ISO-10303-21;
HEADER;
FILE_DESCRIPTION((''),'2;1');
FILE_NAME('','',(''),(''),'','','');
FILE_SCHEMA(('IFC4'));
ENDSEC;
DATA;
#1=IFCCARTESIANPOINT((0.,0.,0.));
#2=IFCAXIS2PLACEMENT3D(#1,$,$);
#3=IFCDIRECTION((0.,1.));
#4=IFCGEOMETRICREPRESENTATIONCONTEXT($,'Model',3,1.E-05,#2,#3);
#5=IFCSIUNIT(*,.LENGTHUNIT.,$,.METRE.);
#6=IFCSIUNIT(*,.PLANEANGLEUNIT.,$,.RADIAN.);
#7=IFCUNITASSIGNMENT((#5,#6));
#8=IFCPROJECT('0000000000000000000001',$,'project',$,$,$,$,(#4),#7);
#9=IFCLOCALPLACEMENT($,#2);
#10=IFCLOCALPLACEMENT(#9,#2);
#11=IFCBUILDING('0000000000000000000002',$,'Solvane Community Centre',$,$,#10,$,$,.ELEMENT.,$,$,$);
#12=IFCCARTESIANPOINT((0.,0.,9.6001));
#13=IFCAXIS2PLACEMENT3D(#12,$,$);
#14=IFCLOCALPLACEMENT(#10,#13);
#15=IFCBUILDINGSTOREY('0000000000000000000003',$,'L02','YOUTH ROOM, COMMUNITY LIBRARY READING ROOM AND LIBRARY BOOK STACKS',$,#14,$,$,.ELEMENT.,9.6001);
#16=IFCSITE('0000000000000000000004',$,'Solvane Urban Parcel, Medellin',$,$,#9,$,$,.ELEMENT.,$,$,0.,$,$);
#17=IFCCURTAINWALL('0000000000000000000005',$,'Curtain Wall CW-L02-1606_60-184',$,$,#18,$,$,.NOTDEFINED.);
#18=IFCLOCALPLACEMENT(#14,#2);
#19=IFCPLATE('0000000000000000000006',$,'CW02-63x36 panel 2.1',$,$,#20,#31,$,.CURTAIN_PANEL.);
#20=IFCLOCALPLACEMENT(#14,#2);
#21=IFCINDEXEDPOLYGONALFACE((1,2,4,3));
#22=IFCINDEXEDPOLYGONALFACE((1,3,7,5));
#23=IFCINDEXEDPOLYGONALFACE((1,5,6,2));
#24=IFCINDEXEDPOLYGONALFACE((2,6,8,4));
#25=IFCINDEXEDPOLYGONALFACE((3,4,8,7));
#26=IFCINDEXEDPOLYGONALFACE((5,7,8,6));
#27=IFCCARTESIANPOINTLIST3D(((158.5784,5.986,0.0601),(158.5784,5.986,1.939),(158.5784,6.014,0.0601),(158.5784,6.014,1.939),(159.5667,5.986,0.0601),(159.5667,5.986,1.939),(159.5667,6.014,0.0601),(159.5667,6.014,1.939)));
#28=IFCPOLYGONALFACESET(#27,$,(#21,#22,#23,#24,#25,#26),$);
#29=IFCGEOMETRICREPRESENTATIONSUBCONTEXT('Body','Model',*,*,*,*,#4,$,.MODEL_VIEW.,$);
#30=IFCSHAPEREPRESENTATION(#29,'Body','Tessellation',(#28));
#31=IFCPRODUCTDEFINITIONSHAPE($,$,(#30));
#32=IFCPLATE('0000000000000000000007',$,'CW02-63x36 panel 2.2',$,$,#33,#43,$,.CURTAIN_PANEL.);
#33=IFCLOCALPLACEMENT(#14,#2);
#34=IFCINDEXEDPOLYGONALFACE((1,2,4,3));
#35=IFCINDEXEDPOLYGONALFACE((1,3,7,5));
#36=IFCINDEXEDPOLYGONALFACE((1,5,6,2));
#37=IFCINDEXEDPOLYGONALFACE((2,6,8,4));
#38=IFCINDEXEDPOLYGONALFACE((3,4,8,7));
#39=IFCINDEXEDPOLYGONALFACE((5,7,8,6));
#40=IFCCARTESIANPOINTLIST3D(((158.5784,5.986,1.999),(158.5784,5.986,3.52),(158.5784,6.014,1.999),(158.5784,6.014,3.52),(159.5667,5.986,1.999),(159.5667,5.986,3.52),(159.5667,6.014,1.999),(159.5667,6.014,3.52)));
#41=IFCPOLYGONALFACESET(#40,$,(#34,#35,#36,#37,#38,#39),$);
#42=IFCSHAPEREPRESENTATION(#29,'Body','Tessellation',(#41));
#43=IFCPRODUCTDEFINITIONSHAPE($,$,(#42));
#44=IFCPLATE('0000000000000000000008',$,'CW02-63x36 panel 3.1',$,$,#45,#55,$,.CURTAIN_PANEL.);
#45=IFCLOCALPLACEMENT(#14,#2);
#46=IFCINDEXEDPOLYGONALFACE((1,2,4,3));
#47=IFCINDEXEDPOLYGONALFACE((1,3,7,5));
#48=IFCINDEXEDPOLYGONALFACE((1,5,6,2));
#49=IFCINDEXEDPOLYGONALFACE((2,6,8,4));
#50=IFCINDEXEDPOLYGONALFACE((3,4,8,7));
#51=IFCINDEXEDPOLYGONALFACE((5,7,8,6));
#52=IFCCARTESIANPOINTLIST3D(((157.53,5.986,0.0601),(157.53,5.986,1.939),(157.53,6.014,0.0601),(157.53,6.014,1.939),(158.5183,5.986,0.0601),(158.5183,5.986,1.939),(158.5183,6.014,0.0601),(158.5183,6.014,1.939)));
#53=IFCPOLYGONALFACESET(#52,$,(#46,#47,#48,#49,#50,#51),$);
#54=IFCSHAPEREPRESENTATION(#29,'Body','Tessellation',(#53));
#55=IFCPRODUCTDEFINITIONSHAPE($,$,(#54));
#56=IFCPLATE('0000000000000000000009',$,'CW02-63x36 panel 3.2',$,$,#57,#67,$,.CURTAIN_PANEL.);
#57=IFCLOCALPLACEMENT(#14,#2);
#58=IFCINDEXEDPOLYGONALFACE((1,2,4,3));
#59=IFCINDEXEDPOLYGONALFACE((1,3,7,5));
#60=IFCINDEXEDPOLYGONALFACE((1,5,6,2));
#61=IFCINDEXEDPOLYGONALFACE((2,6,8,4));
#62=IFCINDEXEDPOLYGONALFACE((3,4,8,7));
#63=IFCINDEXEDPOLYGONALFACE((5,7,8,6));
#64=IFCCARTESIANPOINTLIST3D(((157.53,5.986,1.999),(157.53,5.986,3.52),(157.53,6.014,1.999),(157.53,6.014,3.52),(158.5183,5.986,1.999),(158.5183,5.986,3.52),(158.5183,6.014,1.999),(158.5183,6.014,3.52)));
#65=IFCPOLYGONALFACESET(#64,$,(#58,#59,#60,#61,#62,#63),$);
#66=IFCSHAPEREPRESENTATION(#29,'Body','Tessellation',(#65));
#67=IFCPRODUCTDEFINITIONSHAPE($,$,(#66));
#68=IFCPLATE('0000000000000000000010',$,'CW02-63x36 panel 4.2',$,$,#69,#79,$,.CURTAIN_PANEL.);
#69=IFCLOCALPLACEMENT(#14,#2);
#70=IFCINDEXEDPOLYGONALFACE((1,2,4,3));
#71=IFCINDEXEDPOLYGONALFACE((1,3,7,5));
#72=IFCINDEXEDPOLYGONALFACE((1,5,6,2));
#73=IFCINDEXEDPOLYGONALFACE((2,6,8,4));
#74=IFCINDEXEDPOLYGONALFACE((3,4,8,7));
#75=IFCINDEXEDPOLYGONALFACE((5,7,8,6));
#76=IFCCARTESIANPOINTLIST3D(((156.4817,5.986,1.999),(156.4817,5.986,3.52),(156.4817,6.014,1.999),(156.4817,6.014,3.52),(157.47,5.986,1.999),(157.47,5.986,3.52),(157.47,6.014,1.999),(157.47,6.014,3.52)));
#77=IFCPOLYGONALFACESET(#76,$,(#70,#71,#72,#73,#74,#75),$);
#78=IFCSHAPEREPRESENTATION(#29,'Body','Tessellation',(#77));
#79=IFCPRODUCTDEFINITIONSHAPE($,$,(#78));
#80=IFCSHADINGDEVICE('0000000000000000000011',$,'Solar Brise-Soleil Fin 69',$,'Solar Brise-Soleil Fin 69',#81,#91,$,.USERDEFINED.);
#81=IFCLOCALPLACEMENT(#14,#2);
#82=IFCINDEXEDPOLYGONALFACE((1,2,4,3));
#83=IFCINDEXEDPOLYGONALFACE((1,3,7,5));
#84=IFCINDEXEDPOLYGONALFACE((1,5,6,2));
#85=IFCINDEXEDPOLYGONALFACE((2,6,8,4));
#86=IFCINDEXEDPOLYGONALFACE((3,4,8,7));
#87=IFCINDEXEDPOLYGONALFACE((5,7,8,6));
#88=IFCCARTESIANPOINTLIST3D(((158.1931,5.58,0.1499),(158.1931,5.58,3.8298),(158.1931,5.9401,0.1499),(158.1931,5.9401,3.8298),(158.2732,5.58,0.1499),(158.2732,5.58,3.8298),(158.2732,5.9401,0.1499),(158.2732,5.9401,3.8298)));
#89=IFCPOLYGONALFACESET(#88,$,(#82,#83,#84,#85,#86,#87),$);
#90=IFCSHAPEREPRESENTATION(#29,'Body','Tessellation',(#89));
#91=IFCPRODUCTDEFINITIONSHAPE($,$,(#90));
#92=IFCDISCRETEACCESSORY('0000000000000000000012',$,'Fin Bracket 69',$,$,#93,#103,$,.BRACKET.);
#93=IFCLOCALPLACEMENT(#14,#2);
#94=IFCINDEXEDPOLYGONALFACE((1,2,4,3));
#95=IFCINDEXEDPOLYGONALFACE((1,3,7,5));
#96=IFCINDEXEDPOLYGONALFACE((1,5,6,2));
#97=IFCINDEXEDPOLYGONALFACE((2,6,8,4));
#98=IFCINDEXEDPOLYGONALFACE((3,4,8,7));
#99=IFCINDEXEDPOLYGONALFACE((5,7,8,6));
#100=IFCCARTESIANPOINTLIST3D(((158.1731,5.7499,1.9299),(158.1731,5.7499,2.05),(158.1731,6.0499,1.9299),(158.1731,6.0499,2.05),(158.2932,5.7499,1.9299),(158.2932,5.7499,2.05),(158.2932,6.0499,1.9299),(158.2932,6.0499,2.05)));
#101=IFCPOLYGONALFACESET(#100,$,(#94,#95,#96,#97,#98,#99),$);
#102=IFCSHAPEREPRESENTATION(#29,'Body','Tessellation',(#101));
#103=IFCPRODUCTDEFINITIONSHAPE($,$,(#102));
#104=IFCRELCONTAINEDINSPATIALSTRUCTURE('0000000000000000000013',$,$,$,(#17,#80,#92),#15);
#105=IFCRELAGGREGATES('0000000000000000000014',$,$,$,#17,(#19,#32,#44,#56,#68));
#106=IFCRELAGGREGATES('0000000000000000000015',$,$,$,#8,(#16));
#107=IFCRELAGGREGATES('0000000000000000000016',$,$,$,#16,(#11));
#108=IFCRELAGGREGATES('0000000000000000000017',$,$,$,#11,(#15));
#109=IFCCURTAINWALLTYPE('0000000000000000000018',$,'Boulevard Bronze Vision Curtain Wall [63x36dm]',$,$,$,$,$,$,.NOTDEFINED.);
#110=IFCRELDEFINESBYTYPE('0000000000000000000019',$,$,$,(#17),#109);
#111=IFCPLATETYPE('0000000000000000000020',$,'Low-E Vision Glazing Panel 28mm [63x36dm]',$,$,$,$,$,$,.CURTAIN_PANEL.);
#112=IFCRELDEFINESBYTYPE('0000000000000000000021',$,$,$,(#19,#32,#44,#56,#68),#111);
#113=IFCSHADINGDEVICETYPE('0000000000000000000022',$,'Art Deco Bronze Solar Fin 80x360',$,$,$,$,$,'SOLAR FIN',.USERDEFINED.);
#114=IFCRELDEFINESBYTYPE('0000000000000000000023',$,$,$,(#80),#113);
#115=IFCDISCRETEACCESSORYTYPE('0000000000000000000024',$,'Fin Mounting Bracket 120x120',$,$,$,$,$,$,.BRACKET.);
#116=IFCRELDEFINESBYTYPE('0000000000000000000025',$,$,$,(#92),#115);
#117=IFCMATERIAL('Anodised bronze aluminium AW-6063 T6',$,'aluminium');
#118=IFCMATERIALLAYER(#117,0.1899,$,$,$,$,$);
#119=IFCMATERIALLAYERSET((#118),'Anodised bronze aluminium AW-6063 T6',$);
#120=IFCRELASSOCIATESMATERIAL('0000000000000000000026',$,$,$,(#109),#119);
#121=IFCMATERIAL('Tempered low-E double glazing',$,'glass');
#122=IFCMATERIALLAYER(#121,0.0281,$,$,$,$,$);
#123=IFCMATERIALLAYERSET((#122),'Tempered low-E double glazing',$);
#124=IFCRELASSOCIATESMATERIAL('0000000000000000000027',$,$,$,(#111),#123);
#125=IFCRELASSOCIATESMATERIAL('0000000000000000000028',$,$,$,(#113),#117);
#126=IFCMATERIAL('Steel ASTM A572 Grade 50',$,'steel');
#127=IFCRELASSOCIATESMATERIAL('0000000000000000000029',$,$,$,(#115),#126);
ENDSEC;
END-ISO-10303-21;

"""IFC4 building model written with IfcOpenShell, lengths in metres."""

from ifc_helpers import new_model, si_unit, direction, frame, origin, origin_2d, place, context, subcontext, project, spatial, rectangle, extrude, material, layer, layer_set, type_object, element, aggregate, save


model = new_model("IFC4")

# Units and contexts
model_context = context("Model", 3, precision=1e-05, world=origin(), true_north=direction((0.0, 1.0)))
body_context = subcontext(model_context, "Body", "Model", "MODEL_VIEW")
ifc_project = project(units=[si_unit("LENGTHUNIT", "METRE"), si_unit("PLANEANGLEUNIT", "RADIAN")], contexts=[model_context])

# Site, building, storey
site_placement = place(None, origin())
site = spatial("IfcSite", under=ifc_project, at=site_placement, Name="Solvane Urban Parcel, Medellin", CompositionType="ELEMENT", RefElevation=0.0)
building_placement = place(site_placement, origin())
building = spatial("IfcBuilding", under=site, at=building_placement, Name="Solvane Community Centre", CompositionType="ELEMENT")
storey_placement = place(building_placement, frame((0.0, 0.0, 9.6001)))
storey = spatial("IfcBuildingStorey", under=building, at=storey_placement, Name="L02", Description="YOUTH ROOM, COMMUNITY LIBRARY READING ROOM AND LIBRARY BOOK STACKS", CompositionType="ELEMENT", Elevation=9.6001)

# Curtain wall, plates
ifc_material_1 = material(Name="Anodised bronze aluminium AW-6063 T6", Category="aluminium")
ifc_layer_1 = layer(ifc_material_1, 0.1899)
ifc_layer_set_1 = layer_set([ifc_layer_1], Name="Anodised bronze aluminium AW-6063 T6")
curtain_wall_type = type_object("IfcCurtainWallType", Name="Boulevard Bronze Vision Curtain Wall [63x36dm]", PredefinedType="NOTDEFINED", material=ifc_layer_set_1)
curtain_wall_placement = place(storey_placement, origin())
curtain_wall = element("IfcCurtainWall", 1, at=curtain_wall_placement, inside=storey, type_object=curtain_wall_type, Name="Curtain Wall CW-L02-1606_60-184", PredefinedType="NOTDEFINED")
ifc_material_2 = material(Name="Tempered low-E double glazing", Category="glass")
ifc_layer_2 = layer(ifc_material_2, 0.0281)
ifc_layer_set_2 = layer_set([ifc_layer_2], Name="Tempered low-E double glazing")
plate_type = type_object("IfcPlateType", Name="Low-E Vision Glazing Panel 28mm [63x36dm]", PredefinedType="CURTAIN_PANEL", material=ifc_layer_set_2)
plate_1_placement = place(storey_placement, frame((159.0725, 6.0, 0.0601), z_axis=(0.0, 0.0, 1.0), x_axis=(-1.0, 0.0, 0.0)))
plate_1 = element("IfcPlate", 2, at=plate_1_placement, type_object=plate_type, Name="CW02-63x36 panel 2.1", PredefinedType="CURTAIN_PANEL", context=body_context, shape_type="SweptSolid", body=[
    extrude(rectangle(XDim=0.9883, YDim=0.0281, at=origin_2d()), origin(), (0.0, 0.0, 1.0), 1.8789),
])
plate_2_placement = place(storey_placement, frame((159.0725, 6.0, 1.999), z_axis=(0.0, 0.0, 1.0), x_axis=(-1.0, 0.0, 0.0)))
plate_2 = element("IfcPlate", 3, at=plate_2_placement, type_object=plate_type, Name="CW02-63x36 panel 2.2", PredefinedType="CURTAIN_PANEL", context=body_context, shape_type="SweptSolid", body=[
    extrude(rectangle(XDim=0.9883, YDim=0.0281, at=origin_2d()), origin(), (0.0, 0.0, 1.0), 1.521),
])
plate_3_placement = place(storey_placement, frame((158.0242, 6.0, 0.0601), z_axis=(0.0, 0.0, 1.0), x_axis=(-1.0, 0.0, 0.0)))
plate_3 = element("IfcPlate", 4, at=plate_3_placement, type_object=plate_type, Name="CW02-63x36 panel 3.1", PredefinedType="CURTAIN_PANEL", context=body_context, shape_type="SweptSolid", body=[
    extrude(rectangle(XDim=0.9883, YDim=0.0281, at=origin_2d()), origin(), (0.0, 0.0, 1.0), 1.8789),
])
plate_4_placement = place(storey_placement, frame((158.0242, 6.0, 1.999), z_axis=(0.0, 0.0, 1.0), x_axis=(-1.0, 0.0, 0.0)))
plate_4 = element("IfcPlate", 5, at=plate_4_placement, type_object=plate_type, Name="CW02-63x36 panel 3.2", PredefinedType="CURTAIN_PANEL", context=body_context, shape_type="SweptSolid", body=[
    extrude(rectangle(XDim=0.9883, YDim=0.0281, at=origin_2d()), origin(), (0.0, 0.0, 1.0), 1.521),
])
plate_5_placement = place(storey_placement, frame((156.9758, 6.0, 1.999), z_axis=(0.0, 0.0, 1.0), x_axis=(-1.0, 0.0, 0.0)))
plate_5 = element("IfcPlate", 6, at=plate_5_placement, type_object=plate_type, Name="CW02-63x36 panel 4.2", PredefinedType="CURTAIN_PANEL", context=body_context, shape_type="SweptSolid", body=[
    extrude(rectangle(XDim=0.9883, YDim=0.0281, at=origin_2d()), origin(), (0.0, 0.0, 1.0), 1.521),
])
aggregate(curtain_wall, [plate_1, plate_2, plate_3, plate_4, plate_5])

# Shading device
shading_device_type = type_object("IfcShadingDeviceType", Name="Art Deco Bronze Solar Fin 80x360", ElementType="SOLAR FIN", PredefinedType="USERDEFINED", material=ifc_material_1)
shading_device_placement = place(storey_placement, frame((158.2332, 5.76, 0.1499), z_axis=(0.0, 0.0, 1.0), x_axis=(-1.0, 0.0, 0.0)))
element("IfcShadingDevice", 7, at=shading_device_placement, inside=storey, type_object=shading_device_type, Name="Solar Brise-Soleil Fin 69", ObjectType="Solar Brise-Soleil Fin 69", PredefinedType="USERDEFINED", context=body_context, shape_type="SweptSolid", body=[
    extrude(rectangle(XDim=0.0801, YDim=0.3601, at=origin_2d()), origin(), (0.0, 0.0, 1.0), 3.6799),
])

# Discrete accessory
ifc_material_3 = material(Name="Steel ASTM A572 Grade 50", Category="steel")
discrete_accessory_type = type_object("IfcDiscreteAccessoryType", Name="Fin Mounting Bracket 120x120", PredefinedType="BRACKET", material=ifc_material_3)
discrete_accessory_placement = place(storey_placement, frame((158.2332, 5.8999, 1.9299), z_axis=(0.0, 0.0, 1.0), x_axis=(-1.0, 0.0, 0.0)))
element("IfcDiscreteAccessory", 8, at=discrete_accessory_placement, inside=storey, type_object=discrete_accessory_type, Name="Fin Bracket 69", PredefinedType="BRACKET", context=body_context, shape_type="SweptSolid", body=[
    extrude(rectangle(XDim=0.1201, YDim=0.3, at=origin_2d()), origin(), (0.0, 0.0, 1.0), 0.1201),
])

save(model, "model.ifc")
